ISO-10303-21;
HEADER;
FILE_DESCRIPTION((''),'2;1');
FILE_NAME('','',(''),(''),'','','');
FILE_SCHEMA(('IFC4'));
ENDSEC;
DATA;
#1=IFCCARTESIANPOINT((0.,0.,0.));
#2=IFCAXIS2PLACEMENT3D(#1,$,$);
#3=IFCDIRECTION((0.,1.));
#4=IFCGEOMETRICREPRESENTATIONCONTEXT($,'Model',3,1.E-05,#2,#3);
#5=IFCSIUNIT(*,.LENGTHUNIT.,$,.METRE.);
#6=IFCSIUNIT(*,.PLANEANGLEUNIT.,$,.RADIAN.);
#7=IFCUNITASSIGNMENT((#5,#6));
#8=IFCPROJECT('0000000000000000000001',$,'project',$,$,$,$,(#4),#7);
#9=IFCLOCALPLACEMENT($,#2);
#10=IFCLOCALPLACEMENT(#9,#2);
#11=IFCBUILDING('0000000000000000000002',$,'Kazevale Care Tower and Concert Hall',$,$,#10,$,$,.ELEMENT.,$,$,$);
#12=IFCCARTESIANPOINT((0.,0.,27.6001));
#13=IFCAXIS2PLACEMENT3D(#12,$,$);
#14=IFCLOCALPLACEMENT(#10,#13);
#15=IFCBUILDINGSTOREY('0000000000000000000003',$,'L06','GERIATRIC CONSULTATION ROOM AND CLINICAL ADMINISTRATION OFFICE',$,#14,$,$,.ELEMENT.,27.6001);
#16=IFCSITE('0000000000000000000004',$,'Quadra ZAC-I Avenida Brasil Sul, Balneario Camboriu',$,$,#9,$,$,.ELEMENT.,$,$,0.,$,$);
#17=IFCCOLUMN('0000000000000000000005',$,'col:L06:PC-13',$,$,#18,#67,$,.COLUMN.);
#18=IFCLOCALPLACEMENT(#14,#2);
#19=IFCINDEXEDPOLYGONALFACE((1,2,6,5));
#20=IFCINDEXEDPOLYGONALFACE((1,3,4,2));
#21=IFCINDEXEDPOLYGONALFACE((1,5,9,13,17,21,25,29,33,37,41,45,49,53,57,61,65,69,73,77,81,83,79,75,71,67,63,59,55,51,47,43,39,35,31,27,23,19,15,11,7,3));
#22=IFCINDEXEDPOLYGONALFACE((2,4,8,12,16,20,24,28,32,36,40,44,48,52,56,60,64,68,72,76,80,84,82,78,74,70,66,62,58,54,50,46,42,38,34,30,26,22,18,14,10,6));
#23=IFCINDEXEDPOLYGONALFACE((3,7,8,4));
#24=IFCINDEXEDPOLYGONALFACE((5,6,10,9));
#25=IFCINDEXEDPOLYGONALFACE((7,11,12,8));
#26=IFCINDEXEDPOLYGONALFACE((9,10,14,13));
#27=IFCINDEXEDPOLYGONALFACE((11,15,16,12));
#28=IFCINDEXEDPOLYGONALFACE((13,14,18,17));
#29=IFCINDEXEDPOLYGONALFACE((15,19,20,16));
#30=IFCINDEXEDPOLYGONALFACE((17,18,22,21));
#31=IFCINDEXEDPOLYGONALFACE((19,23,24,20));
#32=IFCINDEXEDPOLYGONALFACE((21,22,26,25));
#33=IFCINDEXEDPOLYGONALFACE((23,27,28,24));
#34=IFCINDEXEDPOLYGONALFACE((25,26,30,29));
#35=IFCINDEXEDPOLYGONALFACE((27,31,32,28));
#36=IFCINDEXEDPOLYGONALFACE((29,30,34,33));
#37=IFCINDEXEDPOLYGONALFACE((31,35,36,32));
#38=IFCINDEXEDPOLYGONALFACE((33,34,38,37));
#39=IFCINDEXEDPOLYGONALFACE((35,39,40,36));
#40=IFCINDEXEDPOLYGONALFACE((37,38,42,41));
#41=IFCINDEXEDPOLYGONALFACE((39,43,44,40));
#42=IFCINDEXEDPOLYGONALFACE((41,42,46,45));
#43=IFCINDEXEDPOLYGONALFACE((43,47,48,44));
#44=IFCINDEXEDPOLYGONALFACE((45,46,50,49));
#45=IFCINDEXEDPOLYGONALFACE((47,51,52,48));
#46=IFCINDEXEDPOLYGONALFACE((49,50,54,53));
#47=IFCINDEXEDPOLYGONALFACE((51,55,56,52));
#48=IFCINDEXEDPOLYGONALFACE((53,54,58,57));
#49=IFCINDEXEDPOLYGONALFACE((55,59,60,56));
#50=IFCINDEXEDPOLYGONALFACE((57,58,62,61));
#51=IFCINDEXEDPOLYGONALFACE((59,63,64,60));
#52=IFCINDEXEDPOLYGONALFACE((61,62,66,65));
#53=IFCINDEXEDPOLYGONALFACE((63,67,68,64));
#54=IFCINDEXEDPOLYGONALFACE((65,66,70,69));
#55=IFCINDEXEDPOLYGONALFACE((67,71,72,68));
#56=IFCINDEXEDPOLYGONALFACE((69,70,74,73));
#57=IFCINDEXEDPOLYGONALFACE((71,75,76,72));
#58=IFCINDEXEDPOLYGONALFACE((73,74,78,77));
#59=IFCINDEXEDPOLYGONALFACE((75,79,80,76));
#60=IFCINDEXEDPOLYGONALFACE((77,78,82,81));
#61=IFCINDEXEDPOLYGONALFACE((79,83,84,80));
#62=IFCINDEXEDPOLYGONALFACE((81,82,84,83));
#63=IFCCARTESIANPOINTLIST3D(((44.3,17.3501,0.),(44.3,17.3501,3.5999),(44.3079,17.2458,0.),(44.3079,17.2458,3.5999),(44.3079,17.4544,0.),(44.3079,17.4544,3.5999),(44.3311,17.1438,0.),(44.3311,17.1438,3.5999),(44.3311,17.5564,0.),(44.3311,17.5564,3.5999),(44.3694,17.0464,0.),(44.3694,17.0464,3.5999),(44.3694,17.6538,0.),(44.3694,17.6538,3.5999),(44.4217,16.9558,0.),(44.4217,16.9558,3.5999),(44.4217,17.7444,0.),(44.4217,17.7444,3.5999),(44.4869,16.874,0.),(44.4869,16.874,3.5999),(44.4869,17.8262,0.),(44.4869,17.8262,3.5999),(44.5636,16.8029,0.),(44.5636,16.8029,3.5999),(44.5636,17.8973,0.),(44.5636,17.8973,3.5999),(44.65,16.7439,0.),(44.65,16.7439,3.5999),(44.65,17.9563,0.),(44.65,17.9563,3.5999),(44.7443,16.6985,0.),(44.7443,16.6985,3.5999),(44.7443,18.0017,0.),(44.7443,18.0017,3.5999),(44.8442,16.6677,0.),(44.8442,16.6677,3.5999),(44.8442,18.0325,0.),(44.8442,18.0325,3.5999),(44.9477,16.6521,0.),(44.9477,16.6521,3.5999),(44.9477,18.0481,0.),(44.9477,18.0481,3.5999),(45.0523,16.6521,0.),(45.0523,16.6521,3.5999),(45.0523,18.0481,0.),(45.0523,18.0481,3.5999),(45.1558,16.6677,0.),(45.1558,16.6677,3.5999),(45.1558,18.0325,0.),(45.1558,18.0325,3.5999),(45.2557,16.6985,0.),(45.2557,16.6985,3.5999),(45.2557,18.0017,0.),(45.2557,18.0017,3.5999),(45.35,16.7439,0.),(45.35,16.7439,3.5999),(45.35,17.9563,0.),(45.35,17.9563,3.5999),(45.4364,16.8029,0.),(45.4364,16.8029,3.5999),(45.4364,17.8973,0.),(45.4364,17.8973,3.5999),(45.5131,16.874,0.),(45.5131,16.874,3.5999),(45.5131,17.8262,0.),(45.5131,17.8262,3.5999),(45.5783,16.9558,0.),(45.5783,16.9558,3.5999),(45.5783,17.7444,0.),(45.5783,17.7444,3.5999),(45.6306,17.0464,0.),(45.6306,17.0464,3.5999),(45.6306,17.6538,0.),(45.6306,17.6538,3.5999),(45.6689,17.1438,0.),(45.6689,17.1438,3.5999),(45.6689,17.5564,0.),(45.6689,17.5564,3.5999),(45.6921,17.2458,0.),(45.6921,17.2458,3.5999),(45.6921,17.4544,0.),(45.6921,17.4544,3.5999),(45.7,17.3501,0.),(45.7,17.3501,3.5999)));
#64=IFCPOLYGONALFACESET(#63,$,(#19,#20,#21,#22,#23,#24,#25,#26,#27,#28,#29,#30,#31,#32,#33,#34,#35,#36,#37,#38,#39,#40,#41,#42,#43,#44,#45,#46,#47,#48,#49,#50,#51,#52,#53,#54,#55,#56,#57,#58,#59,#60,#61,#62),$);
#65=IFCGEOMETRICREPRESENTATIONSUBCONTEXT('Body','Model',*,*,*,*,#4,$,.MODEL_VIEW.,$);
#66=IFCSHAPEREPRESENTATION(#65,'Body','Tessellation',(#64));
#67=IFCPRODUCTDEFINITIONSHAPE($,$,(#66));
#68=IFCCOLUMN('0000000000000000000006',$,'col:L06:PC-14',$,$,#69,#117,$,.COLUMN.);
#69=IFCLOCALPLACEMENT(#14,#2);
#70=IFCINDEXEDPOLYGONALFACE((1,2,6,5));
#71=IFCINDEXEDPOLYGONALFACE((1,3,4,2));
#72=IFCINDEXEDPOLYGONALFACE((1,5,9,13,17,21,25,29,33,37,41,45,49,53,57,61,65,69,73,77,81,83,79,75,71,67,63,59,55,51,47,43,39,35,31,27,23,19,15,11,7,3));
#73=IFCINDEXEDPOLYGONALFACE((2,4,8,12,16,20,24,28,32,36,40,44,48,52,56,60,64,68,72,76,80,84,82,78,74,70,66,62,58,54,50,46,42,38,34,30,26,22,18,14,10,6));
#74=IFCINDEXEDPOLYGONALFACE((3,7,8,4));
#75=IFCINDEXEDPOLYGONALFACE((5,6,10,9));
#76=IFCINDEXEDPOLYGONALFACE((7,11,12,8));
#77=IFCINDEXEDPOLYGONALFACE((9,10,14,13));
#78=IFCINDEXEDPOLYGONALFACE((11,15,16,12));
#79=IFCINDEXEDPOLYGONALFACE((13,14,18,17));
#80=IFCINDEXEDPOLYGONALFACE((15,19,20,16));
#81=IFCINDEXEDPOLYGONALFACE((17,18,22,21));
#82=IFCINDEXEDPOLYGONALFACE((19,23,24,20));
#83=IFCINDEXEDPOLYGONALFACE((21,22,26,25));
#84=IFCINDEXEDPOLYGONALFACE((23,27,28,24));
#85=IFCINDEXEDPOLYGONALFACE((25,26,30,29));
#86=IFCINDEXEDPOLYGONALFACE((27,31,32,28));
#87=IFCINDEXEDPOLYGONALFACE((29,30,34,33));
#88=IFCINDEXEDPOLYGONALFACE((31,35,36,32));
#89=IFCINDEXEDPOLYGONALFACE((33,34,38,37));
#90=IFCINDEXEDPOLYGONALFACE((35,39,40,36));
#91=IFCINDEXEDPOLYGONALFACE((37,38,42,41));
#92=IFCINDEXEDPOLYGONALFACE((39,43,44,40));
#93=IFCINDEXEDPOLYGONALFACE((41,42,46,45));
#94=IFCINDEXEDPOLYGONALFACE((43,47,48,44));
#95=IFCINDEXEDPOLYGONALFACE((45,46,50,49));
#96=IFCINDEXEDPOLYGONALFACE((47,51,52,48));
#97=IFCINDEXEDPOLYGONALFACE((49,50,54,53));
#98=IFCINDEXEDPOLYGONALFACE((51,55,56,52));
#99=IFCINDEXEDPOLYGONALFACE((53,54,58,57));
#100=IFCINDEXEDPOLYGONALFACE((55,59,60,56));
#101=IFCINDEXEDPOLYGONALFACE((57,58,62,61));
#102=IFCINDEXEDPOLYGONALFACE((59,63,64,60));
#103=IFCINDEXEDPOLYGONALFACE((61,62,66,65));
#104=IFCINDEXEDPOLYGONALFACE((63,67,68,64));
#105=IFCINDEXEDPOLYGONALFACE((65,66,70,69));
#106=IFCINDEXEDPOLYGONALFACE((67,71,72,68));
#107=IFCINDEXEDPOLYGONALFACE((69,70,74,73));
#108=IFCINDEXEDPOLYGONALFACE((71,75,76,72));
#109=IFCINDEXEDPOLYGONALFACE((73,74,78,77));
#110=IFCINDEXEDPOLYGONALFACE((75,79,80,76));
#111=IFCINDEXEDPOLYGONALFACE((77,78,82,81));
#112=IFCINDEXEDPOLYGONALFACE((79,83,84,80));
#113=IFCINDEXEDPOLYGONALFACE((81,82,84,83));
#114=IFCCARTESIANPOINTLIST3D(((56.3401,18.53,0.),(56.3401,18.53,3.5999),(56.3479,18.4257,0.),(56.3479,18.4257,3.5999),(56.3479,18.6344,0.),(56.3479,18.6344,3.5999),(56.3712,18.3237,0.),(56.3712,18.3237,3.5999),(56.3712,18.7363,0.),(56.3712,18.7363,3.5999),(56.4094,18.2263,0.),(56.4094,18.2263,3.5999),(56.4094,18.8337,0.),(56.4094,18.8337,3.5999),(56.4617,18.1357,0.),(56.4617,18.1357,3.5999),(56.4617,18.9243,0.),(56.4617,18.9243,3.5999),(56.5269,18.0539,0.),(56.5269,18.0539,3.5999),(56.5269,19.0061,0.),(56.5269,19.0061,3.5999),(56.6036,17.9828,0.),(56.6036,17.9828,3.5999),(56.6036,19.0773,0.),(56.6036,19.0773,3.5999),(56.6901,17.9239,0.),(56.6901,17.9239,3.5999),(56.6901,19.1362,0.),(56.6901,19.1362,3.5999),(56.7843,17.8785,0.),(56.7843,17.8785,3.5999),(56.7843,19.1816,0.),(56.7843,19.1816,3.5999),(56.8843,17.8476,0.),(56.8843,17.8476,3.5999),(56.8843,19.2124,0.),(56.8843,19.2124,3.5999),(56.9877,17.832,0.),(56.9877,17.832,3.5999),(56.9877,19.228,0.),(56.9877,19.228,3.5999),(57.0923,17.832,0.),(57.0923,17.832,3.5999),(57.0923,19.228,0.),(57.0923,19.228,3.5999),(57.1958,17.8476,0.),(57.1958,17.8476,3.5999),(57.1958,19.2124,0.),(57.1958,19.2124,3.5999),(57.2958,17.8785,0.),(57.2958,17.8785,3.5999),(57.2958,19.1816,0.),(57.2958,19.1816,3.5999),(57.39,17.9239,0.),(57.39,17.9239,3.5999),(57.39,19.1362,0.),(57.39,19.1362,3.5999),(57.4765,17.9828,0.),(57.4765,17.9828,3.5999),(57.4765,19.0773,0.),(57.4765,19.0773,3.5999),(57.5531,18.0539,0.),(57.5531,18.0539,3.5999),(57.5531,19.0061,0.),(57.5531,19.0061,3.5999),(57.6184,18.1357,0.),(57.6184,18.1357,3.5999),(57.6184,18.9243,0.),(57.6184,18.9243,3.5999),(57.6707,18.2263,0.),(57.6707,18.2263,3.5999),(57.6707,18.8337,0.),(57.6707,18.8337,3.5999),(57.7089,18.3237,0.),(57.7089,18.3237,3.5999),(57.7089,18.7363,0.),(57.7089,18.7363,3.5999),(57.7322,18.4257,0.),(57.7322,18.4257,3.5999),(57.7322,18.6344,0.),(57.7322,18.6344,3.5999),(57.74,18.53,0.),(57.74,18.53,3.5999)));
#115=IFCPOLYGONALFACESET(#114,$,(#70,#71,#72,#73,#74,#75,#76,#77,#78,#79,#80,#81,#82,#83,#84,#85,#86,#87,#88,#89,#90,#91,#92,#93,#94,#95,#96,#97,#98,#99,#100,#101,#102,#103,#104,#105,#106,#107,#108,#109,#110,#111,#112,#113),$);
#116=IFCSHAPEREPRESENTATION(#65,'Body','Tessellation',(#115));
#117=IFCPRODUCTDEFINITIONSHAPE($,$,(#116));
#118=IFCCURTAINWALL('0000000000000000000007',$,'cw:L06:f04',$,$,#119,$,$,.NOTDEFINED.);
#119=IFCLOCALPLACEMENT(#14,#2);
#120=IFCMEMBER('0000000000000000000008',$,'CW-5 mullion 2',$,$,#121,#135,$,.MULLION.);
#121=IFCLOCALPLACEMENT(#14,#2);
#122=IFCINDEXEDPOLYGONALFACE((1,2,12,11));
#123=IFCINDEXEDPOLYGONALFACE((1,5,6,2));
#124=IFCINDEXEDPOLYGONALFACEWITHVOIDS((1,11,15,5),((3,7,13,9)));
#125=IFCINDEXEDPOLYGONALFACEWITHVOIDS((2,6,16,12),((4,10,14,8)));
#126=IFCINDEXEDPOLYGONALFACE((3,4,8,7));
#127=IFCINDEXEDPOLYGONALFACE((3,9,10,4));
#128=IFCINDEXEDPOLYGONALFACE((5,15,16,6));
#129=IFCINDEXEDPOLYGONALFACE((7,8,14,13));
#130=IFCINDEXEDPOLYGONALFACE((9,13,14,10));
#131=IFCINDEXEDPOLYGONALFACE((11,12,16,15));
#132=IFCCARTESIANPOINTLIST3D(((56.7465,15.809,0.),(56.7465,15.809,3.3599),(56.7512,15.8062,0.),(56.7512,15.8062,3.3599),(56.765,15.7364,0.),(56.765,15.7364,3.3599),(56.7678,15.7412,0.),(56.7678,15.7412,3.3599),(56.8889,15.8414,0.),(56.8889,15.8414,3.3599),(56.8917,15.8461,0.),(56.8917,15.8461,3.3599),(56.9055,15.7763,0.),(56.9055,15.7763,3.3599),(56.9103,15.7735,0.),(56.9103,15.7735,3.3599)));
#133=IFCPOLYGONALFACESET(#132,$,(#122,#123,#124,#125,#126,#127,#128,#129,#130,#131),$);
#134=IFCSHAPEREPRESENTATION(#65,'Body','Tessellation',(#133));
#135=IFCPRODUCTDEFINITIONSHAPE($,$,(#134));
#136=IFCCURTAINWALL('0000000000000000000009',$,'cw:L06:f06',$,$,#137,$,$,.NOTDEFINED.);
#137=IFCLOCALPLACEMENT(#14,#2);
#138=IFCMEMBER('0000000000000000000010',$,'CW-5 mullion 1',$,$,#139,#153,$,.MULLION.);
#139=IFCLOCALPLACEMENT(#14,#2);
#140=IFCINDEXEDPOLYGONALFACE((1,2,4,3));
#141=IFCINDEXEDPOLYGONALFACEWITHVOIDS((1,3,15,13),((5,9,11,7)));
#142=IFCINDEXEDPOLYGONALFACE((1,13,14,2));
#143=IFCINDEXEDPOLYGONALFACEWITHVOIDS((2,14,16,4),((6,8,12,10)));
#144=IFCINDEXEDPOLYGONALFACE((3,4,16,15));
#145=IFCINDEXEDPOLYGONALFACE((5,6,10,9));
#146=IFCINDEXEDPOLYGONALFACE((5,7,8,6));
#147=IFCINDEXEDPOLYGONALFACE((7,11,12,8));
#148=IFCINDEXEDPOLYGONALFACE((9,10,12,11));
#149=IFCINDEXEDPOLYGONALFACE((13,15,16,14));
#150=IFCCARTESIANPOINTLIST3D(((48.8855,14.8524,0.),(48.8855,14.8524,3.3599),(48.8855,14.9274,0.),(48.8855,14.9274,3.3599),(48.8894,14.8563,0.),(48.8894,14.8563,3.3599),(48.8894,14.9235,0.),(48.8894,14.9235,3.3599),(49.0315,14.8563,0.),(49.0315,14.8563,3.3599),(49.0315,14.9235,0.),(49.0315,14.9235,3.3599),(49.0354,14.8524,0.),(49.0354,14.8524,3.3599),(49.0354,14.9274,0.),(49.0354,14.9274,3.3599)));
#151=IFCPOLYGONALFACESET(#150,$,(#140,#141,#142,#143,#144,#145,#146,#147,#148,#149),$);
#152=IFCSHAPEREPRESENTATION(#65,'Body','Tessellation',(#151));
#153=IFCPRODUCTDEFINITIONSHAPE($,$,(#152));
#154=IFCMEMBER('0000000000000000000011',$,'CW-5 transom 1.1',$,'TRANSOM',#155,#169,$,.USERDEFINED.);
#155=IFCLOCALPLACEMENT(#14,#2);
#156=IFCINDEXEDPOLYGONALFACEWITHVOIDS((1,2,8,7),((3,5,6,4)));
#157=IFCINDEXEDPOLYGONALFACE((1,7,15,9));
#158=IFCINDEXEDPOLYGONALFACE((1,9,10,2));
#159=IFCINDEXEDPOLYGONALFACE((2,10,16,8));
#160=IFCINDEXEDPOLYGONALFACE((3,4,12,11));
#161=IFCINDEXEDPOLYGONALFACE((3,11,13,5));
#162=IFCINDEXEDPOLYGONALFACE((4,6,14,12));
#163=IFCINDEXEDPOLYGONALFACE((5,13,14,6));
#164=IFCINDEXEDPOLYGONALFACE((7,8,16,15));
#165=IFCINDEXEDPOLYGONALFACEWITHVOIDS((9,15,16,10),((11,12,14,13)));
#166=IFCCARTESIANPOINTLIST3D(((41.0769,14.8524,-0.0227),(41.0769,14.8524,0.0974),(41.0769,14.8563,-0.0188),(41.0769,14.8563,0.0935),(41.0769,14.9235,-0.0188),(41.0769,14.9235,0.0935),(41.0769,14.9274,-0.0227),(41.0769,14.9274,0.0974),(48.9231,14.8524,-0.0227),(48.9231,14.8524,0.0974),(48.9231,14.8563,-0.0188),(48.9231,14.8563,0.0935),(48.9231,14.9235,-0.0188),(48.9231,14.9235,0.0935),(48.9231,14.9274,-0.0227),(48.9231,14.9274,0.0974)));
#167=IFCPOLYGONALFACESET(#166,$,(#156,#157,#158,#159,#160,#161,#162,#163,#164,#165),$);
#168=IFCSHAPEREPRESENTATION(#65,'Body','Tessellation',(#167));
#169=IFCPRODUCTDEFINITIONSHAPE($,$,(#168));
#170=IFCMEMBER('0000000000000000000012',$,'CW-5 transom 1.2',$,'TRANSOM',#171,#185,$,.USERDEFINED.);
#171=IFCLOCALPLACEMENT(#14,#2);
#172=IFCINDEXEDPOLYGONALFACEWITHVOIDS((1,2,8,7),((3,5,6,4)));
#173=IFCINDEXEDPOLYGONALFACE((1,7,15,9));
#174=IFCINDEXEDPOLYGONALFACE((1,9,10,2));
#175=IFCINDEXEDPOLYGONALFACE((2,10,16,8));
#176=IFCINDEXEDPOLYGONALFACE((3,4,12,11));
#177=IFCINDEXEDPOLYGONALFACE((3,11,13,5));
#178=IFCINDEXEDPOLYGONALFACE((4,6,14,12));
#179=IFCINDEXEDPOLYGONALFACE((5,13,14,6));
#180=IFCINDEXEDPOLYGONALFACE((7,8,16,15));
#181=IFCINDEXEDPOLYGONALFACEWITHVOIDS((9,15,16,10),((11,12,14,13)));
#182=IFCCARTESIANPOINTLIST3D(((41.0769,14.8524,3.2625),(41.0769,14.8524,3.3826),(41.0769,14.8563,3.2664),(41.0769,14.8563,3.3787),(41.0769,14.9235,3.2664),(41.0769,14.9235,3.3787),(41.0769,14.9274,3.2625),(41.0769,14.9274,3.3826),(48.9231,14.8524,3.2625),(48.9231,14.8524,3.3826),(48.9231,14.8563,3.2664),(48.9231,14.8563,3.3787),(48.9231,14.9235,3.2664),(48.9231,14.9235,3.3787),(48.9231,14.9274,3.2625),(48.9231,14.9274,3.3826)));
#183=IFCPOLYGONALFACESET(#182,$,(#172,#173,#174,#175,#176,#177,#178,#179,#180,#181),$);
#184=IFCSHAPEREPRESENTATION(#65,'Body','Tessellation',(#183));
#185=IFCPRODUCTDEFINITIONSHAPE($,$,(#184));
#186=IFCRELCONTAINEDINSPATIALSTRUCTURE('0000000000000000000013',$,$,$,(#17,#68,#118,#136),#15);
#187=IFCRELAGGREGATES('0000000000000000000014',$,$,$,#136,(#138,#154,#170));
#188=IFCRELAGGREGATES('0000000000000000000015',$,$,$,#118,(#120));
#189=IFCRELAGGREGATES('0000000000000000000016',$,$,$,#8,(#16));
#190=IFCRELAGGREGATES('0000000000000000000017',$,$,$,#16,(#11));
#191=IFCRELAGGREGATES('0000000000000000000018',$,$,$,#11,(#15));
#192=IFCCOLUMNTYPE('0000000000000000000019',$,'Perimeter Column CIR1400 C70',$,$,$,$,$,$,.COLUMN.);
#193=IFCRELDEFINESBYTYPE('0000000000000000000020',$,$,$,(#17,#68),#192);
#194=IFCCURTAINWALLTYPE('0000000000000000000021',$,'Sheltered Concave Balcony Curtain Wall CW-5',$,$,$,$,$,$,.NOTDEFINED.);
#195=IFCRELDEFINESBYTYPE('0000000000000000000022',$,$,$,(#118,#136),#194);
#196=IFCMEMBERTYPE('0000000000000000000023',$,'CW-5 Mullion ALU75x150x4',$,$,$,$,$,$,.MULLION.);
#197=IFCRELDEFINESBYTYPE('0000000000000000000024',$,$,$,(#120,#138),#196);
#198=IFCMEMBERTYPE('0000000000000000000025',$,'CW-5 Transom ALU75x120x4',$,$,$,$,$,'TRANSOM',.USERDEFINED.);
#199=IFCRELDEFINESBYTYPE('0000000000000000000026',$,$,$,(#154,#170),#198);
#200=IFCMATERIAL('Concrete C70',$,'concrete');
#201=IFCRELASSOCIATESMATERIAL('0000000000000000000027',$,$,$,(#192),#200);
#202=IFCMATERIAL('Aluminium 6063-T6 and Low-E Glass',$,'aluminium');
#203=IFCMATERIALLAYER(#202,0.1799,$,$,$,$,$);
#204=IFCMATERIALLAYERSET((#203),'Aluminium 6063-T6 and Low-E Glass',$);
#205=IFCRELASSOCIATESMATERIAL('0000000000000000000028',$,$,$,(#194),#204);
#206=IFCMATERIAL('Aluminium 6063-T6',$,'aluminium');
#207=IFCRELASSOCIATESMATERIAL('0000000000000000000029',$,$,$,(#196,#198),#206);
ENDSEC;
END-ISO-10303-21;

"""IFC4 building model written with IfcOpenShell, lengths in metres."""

from ifc_helpers import new_model, si_unit, direction, frame, origin, origin_2d, place, context, subcontext, project, spatial, hollow_rectangle, circle, extrude, material, layer, layer_set, material_profile, profile_set, type_object, element, aggregate, save


model = new_model("IFC4")

# Units and contexts
model_context = context("Model", 3, precision=1e-05, world=origin(), true_north=direction((0.0, 1.0)))
body_context = subcontext(model_context, "Body", "Model", "MODEL_VIEW")
ifc_project = project(units=[si_unit("LENGTHUNIT", "METRE"), si_unit("PLANEANGLEUNIT", "RADIAN")], contexts=[model_context])

# Site, building, storey
site_placement = place(None, origin())
site = spatial("IfcSite", under=ifc_project, at=site_placement, Name="Quadra ZAC-I Avenida Brasil Sul, Balneario Camboriu", CompositionType="ELEMENT", RefElevation=0.0)
building_placement = place(site_placement, origin())
building = spatial("IfcBuilding", under=site, at=building_placement, Name="Kazevale Care Tower and Concert Hall", CompositionType="ELEMENT")
storey_placement = place(building_placement, frame((0.0, 0.0, 27.6001)))
storey = spatial("IfcBuildingStorey", under=building, at=storey_placement, Name="L06", Description="GERIATRIC CONSULTATION ROOM AND CLINICAL ADMINISTRATION OFFICE", CompositionType="ELEMENT", Elevation=27.6001)

# Columns
ifc_material_1 = material(Name="Concrete C70", Category="concrete")
ifc_material_profile_1 = material_profile(ifc_material_1, circle(Radius=0.7, at=origin_2d()), Name="RC-CIR1400")
ifc_profile_set_1 = profile_set([ifc_material_profile_1], Name="Concrete C70")
column_type = type_object("IfcColumnType", Name="Perimeter Column CIR1400 C70", PredefinedType="COLUMN", material=ifc_profile_set_1)
for number, where, z_axis, x_axis, name in (
    (1, (45.0, 17.3501, 0.0), (0.0, 0.0, 1.0), (1.0, 0.0, 0.0), "col:L06:PC-13"),
    (2, (57.04, 18.53, 0.0), (0.0, 0.0, 1.0), (1.0, 0.0, 0.0), "col:L06:PC-14"),
):
    element("IfcColumn", number, at=place(storey_placement, frame(where, z_axis=z_axis, x_axis=x_axis)), inside=storey, type_object=column_type, Name=name, PredefinedType="COLUMN", context=body_context, shape_type="SweptSolid", body=[
        extrude(circle(Radius=0.7, at=origin_2d()), origin(), (0.0, 0.0, 1.0), 3.5999),
    ])

# Curtain wall, member
ifc_material_2 = material(Name="Aluminium 6063-T6 and Low-E Glass", Category="aluminium")
ifc_layer_1 = layer(ifc_material_2, 0.1799)
ifc_layer_set_1 = layer_set([ifc_layer_1], Name="Aluminium 6063-T6 and Low-E Glass")
curtain_wall_type = type_object("IfcCurtainWallType", Name="Sheltered Concave Balcony Curtain Wall CW-5", PredefinedType="NOTDEFINED", material=ifc_layer_set_1)
curtain_wall_1_placement = place(storey_placement, origin())
curtain_wall_1 = element("IfcCurtainWall", 3, at=curtain_wall_1_placement, inside=storey, type_object=curtain_wall_type, Name="cw:L06:f04", PredefinedType="NOTDEFINED")
ifc_material_3 = material(Name="Aluminium 6063-T6", Category="aluminium")
ifc_material_profile_2 = material_profile(ifc_material_3, hollow_rectangle(XDim=0.075, YDim=0.1499, WallThickness=0.0039, at=origin_2d()), Name="ALU75x150x4")
ifc_profile_set_2 = profile_set([ifc_material_profile_2], Name="Aluminium 6063-T6")
member_type_1 = type_object("IfcMemberType", Name="CW-5 Mullion ALU75x150x4", PredefinedType="MULLION", material=ifc_profile_set_2)
member_1_placement = place(storey_placement, frame((56.8284, 15.7913, 0.0), z_axis=(0.0, 0.0, 1.0), x_axis=(0.247222, -0.968959, 0.0)))
member_1 = element("IfcMember", 4, at=member_1_placement, type_object=member_type_1, Name="CW-5 mullion 2", PredefinedType="MULLION", context=body_context, shape_type="SweptSolid", body=[
    extrude(hollow_rectangle(XDim=0.075, YDim=0.1499, WallThickness=0.0039, at=origin_2d()), origin(), (0.0, 0.0, 1.0), 3.3599),
])

# Curtain wall, members
curtain_wall_2_placement = place(storey_placement, origin())
curtain_wall_2 = element("IfcCurtainWall", 5, at=curtain_wall_2_placement, inside=storey, type_object=curtain_wall_type, Name="cw:L06:f06", PredefinedType="NOTDEFINED")
member_2_placement = place(storey_placement, frame((48.9604, 14.8899, 0.0), z_axis=(0.0, 0.0, 1.0), x_axis=(0.0, -1.0, 0.0)))
member_2 = element("IfcMember", 6, at=member_2_placement, type_object=member_type_1, Name="CW-5 mullion 1", PredefinedType="MULLION", context=body_context, shape_type="SweptSolid", body=[
    extrude(hollow_rectangle(XDim=0.075, YDim=0.1499, WallThickness=0.0039, at=origin_2d()), origin(), (0.0, 0.0, 1.0), 3.3599),
])
ifc_material_profile_3 = material_profile(ifc_material_3, hollow_rectangle(XDim=0.075, YDim=0.1201, WallThickness=0.0039, at=origin_2d()), Name="ALU75x120x4")
ifc_profile_set_3 = profile_set([ifc_material_profile_3], Name="Aluminium 6063-T6")
member_type_2 = type_object("IfcMemberType", Name="CW-5 Transom ALU75x120x4", ElementType="TRANSOM", PredefinedType="USERDEFINED", material=ifc_profile_set_3)
member_3_placement = place(storey_placement, frame((48.9231, 14.8899, 0.0374), z_axis=(-1.0, 0.0, 0.0), x_axis=(0.0, -1.0, 0.0)))
member_3 = element("IfcMember", 7, at=member_3_placement, type_object=member_type_2, Name="CW-5 transom 1.1", ObjectType="TRANSOM", PredefinedType="USERDEFINED", context=body_context, shape_type="SweptSolid", body=[
    extrude(hollow_rectangle(XDim=0.075, YDim=0.1201, WallThickness=0.0039, at=origin_2d()), origin(), (0.0, 0.0, 1.0), 7.8462),
])
member_4_placement = place(storey_placement, frame((48.9231, 14.8899, 3.3225), z_axis=(-1.0, 0.0, 0.0), x_axis=(0.0, -1.0, 0.0)))
member_4 = element("IfcMember", 8, at=member_4_placement, type_object=member_type_2, Name="CW-5 transom 1.2", ObjectType="TRANSOM", PredefinedType="USERDEFINED", context=body_context, shape_type="SweptSolid", body=[
    extrude(hollow_rectangle(XDim=0.075, YDim=0.1201, WallThickness=0.0039, at=origin_2d()), origin(), (0.0, 0.0, 1.0), 7.8462),
])
aggregate(curtain_wall_2, [member_2, member_3, member_4])

aggregate(curtain_wall_1, [member_1])

save(model, "model.ifc")
